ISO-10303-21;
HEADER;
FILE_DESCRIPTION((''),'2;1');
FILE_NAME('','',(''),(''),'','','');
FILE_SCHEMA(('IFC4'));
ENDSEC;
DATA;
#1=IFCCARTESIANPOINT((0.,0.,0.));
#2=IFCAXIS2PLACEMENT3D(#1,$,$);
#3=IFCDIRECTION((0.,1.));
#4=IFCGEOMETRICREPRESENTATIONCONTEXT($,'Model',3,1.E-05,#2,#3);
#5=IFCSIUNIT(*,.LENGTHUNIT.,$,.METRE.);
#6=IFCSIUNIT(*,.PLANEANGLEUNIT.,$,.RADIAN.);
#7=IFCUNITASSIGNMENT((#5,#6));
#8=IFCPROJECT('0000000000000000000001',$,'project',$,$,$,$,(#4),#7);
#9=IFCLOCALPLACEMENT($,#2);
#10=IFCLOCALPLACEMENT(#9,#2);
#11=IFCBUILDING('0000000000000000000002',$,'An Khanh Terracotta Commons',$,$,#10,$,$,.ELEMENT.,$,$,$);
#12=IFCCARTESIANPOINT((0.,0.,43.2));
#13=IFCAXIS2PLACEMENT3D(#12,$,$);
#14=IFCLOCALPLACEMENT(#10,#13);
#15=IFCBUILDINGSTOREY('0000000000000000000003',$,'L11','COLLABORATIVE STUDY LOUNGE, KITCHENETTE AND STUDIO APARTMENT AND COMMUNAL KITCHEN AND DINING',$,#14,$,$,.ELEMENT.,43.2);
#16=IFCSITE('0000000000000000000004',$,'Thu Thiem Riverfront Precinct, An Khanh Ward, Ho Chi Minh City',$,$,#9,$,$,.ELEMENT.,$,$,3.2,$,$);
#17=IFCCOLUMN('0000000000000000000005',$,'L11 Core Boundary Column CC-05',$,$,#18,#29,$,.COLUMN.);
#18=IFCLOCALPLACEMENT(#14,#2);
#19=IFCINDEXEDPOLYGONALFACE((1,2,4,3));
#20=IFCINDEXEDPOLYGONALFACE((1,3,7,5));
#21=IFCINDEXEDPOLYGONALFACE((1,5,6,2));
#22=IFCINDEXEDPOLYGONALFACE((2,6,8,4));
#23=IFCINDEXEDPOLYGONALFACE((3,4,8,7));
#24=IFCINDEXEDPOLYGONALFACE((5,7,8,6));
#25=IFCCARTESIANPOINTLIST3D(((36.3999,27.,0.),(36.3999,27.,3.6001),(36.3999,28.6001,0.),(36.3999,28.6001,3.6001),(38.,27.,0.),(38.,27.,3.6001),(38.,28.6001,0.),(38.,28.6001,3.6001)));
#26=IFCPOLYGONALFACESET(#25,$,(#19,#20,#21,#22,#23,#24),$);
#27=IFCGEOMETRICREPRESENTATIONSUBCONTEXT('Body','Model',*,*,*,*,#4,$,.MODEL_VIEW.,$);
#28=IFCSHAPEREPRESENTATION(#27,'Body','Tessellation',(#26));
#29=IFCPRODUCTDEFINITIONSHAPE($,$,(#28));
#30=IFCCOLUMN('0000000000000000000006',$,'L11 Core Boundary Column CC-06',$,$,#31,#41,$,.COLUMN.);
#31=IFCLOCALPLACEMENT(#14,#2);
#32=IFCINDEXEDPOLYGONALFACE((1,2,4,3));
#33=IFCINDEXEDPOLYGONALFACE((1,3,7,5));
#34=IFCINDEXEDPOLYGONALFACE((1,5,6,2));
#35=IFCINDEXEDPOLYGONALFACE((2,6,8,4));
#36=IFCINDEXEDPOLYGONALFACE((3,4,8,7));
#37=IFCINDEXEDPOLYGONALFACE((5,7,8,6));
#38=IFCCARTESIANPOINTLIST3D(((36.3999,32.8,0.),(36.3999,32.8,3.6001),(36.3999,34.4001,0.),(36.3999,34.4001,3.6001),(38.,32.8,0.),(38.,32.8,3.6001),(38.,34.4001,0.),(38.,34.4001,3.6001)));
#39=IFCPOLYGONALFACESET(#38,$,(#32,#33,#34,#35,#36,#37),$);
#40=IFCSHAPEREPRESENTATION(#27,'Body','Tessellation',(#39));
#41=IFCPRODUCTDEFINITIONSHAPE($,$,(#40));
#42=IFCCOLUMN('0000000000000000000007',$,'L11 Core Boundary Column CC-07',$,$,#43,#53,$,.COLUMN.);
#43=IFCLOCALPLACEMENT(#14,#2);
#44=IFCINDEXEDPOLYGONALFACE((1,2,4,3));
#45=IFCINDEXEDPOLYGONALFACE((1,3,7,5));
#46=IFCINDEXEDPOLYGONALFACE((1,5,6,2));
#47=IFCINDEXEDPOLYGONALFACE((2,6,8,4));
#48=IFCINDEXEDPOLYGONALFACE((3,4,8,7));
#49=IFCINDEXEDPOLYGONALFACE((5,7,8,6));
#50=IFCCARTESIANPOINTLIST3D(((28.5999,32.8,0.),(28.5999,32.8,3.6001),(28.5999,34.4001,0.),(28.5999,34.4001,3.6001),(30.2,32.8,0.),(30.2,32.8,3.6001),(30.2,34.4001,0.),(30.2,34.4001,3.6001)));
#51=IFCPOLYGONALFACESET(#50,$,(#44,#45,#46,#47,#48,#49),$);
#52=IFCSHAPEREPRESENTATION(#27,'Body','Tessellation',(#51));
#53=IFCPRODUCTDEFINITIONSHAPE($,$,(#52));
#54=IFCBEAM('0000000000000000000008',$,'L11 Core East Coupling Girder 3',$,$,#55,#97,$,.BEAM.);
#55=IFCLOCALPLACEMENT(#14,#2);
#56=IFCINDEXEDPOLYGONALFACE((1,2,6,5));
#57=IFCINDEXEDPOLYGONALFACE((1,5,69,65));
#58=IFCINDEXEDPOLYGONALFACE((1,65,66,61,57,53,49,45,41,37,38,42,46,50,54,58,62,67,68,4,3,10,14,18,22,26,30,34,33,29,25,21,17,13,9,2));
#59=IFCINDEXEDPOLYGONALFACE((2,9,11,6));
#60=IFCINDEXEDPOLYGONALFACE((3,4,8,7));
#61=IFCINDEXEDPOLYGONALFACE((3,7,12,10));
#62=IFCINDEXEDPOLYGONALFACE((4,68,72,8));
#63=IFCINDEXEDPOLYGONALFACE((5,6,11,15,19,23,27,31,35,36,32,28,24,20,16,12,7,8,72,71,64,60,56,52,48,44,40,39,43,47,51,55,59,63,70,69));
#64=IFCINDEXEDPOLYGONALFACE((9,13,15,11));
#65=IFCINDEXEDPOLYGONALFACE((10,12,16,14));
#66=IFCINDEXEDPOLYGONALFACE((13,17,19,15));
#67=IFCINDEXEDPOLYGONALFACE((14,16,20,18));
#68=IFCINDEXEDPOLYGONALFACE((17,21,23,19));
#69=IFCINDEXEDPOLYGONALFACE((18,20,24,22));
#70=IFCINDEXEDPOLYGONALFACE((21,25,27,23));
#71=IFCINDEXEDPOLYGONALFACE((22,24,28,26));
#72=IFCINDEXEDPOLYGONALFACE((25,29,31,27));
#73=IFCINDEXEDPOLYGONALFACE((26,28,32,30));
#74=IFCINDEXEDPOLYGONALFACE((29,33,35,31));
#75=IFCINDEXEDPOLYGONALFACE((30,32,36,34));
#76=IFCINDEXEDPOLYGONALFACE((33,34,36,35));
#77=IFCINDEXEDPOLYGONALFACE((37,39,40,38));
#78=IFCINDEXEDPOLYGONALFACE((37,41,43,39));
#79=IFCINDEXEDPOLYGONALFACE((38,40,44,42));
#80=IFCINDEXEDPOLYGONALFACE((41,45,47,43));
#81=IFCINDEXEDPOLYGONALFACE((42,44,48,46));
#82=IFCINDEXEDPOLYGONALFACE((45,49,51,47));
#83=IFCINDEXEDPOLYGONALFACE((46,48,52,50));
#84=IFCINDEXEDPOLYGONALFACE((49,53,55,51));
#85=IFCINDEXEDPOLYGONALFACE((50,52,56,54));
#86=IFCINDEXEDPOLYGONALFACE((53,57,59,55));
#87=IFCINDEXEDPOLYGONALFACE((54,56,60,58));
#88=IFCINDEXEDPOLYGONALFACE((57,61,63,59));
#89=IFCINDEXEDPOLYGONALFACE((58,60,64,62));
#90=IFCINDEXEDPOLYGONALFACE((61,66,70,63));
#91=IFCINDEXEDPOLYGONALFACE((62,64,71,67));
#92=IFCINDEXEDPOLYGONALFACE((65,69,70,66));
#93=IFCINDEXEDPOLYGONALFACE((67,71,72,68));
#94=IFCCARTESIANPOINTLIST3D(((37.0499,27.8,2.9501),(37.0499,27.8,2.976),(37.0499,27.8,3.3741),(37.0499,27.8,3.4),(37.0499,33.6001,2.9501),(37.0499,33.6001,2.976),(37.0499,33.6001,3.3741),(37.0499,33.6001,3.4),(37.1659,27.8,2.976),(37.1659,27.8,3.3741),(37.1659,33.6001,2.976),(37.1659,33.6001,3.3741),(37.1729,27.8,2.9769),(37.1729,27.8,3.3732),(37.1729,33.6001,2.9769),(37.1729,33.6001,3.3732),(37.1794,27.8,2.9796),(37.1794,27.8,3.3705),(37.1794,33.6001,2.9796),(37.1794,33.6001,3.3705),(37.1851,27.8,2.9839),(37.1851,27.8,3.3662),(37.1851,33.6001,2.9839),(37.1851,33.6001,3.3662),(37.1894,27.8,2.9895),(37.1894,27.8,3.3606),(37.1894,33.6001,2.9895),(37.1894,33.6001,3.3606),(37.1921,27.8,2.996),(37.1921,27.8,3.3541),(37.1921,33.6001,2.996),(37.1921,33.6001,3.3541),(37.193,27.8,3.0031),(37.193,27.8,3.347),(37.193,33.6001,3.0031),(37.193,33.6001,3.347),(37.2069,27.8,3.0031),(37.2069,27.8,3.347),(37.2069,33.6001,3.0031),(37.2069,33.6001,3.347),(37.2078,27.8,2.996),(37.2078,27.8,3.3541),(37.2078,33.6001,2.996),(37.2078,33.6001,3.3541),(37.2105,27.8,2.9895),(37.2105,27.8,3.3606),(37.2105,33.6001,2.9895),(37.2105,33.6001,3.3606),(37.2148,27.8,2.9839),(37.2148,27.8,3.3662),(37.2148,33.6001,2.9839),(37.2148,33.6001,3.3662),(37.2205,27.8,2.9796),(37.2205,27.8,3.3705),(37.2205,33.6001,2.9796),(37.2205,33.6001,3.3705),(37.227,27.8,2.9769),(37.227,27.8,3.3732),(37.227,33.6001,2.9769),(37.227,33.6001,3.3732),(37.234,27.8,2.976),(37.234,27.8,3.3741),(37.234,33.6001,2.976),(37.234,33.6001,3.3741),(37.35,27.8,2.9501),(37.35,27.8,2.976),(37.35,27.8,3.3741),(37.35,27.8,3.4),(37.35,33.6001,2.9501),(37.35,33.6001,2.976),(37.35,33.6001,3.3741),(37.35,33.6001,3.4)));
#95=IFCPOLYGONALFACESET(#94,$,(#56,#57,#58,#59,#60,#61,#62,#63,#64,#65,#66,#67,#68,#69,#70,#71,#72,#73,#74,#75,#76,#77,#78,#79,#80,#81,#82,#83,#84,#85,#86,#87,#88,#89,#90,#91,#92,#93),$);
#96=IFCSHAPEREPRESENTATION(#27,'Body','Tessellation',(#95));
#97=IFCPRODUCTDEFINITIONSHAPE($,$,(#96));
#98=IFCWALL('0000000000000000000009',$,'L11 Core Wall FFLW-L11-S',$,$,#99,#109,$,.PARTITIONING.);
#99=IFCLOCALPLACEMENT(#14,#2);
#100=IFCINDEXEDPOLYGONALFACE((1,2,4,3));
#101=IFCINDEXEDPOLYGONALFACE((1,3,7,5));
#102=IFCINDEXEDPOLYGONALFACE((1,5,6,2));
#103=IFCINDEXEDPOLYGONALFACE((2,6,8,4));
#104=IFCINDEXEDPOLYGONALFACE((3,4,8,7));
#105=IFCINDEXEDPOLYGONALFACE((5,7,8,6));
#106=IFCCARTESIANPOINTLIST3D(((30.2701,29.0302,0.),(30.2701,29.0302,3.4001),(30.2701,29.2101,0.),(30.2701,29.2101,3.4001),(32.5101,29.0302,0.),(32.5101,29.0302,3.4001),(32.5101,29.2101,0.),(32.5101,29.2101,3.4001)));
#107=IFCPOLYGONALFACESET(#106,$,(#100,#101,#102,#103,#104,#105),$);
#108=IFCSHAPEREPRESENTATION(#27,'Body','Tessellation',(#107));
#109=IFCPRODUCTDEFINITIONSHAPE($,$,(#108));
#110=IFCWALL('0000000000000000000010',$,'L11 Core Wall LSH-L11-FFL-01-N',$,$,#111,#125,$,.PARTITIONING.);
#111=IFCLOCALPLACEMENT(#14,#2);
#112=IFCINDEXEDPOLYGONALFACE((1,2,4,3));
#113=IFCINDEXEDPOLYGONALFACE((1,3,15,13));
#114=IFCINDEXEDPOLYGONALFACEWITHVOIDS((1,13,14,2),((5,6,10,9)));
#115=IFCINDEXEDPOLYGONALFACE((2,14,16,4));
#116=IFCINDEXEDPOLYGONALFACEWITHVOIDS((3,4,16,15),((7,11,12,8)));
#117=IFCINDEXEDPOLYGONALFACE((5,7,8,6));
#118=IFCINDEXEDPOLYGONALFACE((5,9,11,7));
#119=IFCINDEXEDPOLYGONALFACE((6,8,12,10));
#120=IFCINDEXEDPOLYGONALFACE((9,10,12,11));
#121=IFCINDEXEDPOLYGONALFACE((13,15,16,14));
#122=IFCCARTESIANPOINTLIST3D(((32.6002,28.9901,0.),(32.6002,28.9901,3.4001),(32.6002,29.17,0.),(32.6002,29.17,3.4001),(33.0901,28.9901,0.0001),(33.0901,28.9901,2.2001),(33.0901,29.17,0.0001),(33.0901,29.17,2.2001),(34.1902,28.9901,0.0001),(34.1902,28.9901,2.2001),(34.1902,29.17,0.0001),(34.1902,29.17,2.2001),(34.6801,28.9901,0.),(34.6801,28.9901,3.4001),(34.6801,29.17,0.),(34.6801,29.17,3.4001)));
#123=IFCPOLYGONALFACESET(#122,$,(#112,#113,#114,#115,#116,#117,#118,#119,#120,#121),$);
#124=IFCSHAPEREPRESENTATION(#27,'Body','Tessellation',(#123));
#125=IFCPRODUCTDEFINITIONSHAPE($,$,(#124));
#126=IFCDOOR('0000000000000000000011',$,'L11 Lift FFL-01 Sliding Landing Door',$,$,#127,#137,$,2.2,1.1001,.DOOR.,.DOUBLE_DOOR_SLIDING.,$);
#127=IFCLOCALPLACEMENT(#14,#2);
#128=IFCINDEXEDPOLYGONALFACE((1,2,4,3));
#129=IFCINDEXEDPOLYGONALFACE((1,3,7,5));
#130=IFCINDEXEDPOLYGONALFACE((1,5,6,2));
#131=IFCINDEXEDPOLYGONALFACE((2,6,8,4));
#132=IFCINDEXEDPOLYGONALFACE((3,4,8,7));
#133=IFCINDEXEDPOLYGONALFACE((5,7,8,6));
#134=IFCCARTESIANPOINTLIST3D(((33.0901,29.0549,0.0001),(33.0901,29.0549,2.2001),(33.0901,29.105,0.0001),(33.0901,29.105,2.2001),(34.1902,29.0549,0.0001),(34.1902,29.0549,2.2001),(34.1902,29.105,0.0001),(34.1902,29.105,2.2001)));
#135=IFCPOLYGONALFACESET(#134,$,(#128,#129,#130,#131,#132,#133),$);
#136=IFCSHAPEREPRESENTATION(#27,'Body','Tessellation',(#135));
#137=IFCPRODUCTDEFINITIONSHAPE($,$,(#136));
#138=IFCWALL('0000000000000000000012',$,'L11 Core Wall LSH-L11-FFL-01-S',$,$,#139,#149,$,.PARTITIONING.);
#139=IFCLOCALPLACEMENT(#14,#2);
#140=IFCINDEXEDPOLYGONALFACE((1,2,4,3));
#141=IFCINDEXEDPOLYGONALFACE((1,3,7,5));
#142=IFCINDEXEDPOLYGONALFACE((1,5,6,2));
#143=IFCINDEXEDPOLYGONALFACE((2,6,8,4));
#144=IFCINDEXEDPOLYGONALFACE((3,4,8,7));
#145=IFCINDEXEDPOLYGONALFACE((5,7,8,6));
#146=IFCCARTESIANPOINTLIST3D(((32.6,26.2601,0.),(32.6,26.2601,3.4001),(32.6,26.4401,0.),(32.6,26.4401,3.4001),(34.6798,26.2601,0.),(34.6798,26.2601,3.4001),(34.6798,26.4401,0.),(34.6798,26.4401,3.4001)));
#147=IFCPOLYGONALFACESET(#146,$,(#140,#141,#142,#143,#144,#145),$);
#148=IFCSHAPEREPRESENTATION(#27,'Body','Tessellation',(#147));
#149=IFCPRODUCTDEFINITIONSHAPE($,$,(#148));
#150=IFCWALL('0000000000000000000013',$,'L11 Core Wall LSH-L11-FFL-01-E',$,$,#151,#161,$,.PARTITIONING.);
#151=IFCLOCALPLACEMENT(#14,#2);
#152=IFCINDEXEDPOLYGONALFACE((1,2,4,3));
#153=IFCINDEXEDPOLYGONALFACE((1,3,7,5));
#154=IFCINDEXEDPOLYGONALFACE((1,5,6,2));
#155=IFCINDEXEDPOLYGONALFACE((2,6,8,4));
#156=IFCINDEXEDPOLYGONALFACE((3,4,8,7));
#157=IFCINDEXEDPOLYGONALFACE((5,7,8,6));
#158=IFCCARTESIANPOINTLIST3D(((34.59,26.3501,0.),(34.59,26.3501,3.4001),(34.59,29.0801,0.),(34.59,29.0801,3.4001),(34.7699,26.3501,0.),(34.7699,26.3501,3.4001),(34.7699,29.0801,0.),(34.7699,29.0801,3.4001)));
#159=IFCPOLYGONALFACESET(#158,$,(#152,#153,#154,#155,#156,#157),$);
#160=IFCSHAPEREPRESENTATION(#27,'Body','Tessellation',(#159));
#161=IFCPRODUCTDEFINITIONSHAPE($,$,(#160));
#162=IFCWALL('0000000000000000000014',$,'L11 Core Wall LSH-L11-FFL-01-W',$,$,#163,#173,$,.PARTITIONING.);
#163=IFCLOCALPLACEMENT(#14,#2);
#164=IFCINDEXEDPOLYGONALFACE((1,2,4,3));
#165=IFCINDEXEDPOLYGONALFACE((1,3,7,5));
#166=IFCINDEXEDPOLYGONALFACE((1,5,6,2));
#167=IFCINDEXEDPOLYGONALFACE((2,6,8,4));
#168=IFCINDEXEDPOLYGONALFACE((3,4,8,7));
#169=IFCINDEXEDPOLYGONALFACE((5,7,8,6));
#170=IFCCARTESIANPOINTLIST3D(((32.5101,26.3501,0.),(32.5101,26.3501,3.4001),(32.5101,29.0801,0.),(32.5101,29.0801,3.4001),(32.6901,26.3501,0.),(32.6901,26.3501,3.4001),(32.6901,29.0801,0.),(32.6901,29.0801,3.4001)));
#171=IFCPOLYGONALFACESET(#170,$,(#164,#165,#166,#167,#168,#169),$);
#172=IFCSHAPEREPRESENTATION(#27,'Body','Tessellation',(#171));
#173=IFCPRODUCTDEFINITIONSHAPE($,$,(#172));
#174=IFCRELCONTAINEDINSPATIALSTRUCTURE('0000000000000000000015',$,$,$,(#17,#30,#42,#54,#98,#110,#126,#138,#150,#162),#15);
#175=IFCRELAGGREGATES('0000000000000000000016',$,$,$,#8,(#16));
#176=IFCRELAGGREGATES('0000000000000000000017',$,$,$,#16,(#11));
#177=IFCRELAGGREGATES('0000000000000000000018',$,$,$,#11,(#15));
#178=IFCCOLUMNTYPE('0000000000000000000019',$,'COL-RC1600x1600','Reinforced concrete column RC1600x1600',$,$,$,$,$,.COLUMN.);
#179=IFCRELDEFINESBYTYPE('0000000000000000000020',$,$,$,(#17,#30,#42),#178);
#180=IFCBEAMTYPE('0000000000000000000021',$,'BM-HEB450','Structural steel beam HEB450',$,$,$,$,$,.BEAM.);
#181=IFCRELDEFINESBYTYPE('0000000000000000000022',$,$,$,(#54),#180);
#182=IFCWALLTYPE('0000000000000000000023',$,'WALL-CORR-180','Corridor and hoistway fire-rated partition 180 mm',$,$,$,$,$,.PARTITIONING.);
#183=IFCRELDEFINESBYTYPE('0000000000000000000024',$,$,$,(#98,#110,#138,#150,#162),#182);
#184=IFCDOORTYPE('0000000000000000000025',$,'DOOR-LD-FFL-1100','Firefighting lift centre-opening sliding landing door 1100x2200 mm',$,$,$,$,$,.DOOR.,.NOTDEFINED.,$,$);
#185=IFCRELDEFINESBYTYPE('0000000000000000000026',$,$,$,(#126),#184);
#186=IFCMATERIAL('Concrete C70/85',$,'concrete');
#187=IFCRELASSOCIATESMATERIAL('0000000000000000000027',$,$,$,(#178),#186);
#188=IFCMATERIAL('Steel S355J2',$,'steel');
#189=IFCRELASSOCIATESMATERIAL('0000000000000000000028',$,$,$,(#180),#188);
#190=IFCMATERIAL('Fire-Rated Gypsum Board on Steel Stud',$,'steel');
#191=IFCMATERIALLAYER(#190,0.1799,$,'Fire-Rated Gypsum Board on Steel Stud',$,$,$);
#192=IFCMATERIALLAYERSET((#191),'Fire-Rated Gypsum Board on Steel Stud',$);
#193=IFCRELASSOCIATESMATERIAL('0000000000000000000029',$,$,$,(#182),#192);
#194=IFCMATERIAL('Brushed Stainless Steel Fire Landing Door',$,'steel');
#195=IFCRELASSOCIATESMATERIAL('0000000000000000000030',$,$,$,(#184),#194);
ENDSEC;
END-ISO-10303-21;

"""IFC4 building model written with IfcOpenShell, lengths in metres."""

from ifc_helpers import new_model, si_unit, direction, frame, frame_2d, origin, origin_2d, place, context, subcontext, project, spatial, rectangle, i_section, extrude, material, layer, layer_set, material_profile, profile_set, type_object, element, fill, save


model = new_model("IFC4")

# Units and contexts
model_context = context("Model", 3, precision=1e-05, world=origin(), true_north=direction((0.0, 1.0)))
body_context = subcontext(model_context, "Body", "Model", "MODEL_VIEW")
ifc_project = project(units=[si_unit("LENGTHUNIT", "METRE"), si_unit("PLANEANGLEUNIT", "RADIAN")], contexts=[model_context])

# Site, building, storey
site_placement = place(None, origin())
site = spatial("IfcSite", under=ifc_project, at=site_placement, Name="Thu Thiem Riverfront Precinct, An Khanh Ward, Ho Chi Minh City", CompositionType="ELEMENT", RefElevation=3.2)
building_placement = place(site_placement, origin())
building = spatial("IfcBuilding", under=site, at=building_placement, Name="An Khanh Terracotta Commons", CompositionType="ELEMENT")
storey_placement = place(building_placement, frame((0.0, 0.0, 43.2)))
storey = spatial("IfcBuildingStorey", under=building, at=storey_placement, Name="L11", Description="COLLABORATIVE STUDY LOUNGE, KITCHENETTE AND STUDIO APARTMENT AND COMMUNAL KITCHEN AND DINING", CompositionType="ELEMENT", Elevation=43.2)

# Columns
ifc_material_1 = material(Name="Concrete C70/85", Category="concrete")
ifc_material_profile_1 = material_profile(ifc_material_1, rectangle(XDim=1.6001, YDim=1.6001, at=origin_2d()), Name="RC1600x1600")
ifc_profile_set_1 = profile_set([ifc_material_profile_1], Name="Concrete C70/85")
column_type = type_object("IfcColumnType", Name="COL-RC1600x1600", Description="Reinforced concrete column RC1600x1600", PredefinedType="COLUMN", material=ifc_profile_set_1)
for number, where, z_axis, x_axis, name in (
    (1, (37.2, 27.8, 0.0), (0.0, 0.0, 1.0), (1.0, 0.0, 0.0), "L11 Core Boundary Column CC-05"),
    (2, (37.2, 33.6001, 0.0), (0.0, 0.0, 1.0), (1.0, 0.0, 0.0), "L11 Core Boundary Column CC-06"),
    (3, (29.3999, 33.6001, 0.0), (0.0, 0.0, 1.0), (1.0, 0.0, 0.0), "L11 Core Boundary Column CC-07"),
):
    element("IfcColumn", number, at=place(storey_placement, frame(where, z_axis=z_axis, x_axis=x_axis)), inside=storey, type_object=column_type, Name=name, PredefinedType="COLUMN", context=body_context, shape_type="SweptSolid", body=[
        extrude(rectangle(XDim=1.6001, YDim=1.6001, at=origin_2d()), origin(), (0.0, 0.0, 1.0), 3.6001),
    ])

# Beam
ifc_material_2 = material(Name="Steel S355J2", Category="steel")
ifc_material_profile_2 = material_profile(ifc_material_2, i_section(OverallWidth=0.3, OverallDepth=0.45, WebThickness=0.0139, FlangeThickness=0.0259, FilletRadius=0.0271, at=origin_2d()), Name="HEB450")
ifc_profile_set_2 = profile_set([ifc_material_profile_2], Name="Steel S355J2")
beam_type = type_object("IfcBeamType", Name="BM-HEB450", Description="Structural steel beam HEB450", PredefinedType="BEAM", material=ifc_profile_set_2)
beam_placement = place(storey_placement, frame((37.2, 27.8, 3.175), z_axis=(0.0, 1.0, 0.0), x_axis=(-1.0, 0.0, 0.0)))
element("IfcBeam", 4, at=beam_placement, inside=storey, type_object=beam_type, Name="L11 Core East Coupling Girder 3", PredefinedType="BEAM", context=body_context, shape_type="SweptSolid", body=[
    extrude(i_section(OverallWidth=0.3, OverallDepth=0.45, WebThickness=0.0139, FlangeThickness=0.0259, FilletRadius=0.0271, at=origin_2d()), origin(), (0.0, 0.0, 1.0), 5.8),
])

# Wall
ifc_material_3 = material(Name="Fire-Rated Gypsum Board on Steel Stud", Category="steel")
ifc_layer_1 = layer(ifc_material_3, 0.1799, Name="Fire-Rated Gypsum Board on Steel Stud")
ifc_layer_set_1 = layer_set([ifc_layer_1], Name="Fire-Rated Gypsum Board on Steel Stud")
wall_type_1 = type_object("IfcWallType", Name="WALL-CORR-180", Description="Corridor and hoistway fire-rated partition 180 mm", PredefinedType="PARTITIONING", material=ifc_layer_set_1)
wall_1_placement = place(storey_placement, frame((30.27, 29.1201, 0.0), z_axis=(0.0, 0.0, 1.0), x_axis=(1.0, 0.0, 0.0)))
element("IfcWall", 5, at=wall_1_placement, inside=storey, type_object=wall_type_1, Name="L11 Core Wall FFLW-L11-S", PredefinedType="PARTITIONING", context=body_context, shape_type="SweptSolid", body=[
    extrude(rectangle(XDim=2.24, YDim=0.1799, at=frame_2d((1.1201, 0.0))), origin(), (0.0, 0.0, 1.0), 3.4001),
])

# Wall, opening, door
wall_2_placement = place(storey_placement, frame((32.6001, 29.0801, 0.0), z_axis=(0.0, 0.0, 1.0), x_axis=(1.0, 0.0, 0.0)))
wall_2 = element("IfcWall", 6, at=wall_2_placement, inside=storey, type_object=wall_type_1, Name="L11 Core Wall LSH-L11-FFL-01-N", PredefinedType="PARTITIONING", context=body_context, shape_type="SweptSolid", body=[
    extrude(rectangle(XDim=2.0798, YDim=0.1799, at=frame_2d((1.04, 0.0))), origin(), (0.0, 0.0, 1.0), 3.4001),
])
opening_1_placement = place(wall_2_placement, frame((0.49, 0.0, 0.0)))
opening_1 = element("IfcOpeningElement", 7, at=opening_1_placement, cuts=wall_2, PredefinedType="OPENING", context=body_context, shape_type="SweptSolid", body=[
    extrude(rectangle(XDim=1.1001, YDim=2.2, at=frame_2d((0.55, 1.1001))), frame((0.0, 0.0999, 0.0), z_axis=(0.0, -1.0, 0.0), x_axis=(1.0, 0.0, 0.0)), (0.0, 0.0, 1.0), 0.2),
])
ifc_material_4 = material(Name="Brushed Stainless Steel Fire Landing Door", Category="steel")
door_type_1 = type_object("IfcDoorType", Name="DOOR-LD-FFL-1100", Description="Firefighting lift centre-opening sliding landing door 1100x2200 mm", OperationType="NOTDEFINED", PredefinedType="DOOR", material=ifc_material_4)
door_1_placement = place(opening_1_placement, origin())
door_1 = element("IfcDoor", 8, at=door_1_placement, inside=storey, type_object=door_type_1, Name="L11 Lift FFL-01 Sliding Landing Door", OperationType="DOUBLE_DOOR_SLIDING", OverallHeight=2.2, OverallWidth=1.1001, PredefinedType="DOOR", context=body_context, shape_type="SweptSolid", body=[
    extrude(rectangle(XDim=1.1001, YDim=2.2, at=frame_2d((0.55, 1.1001))), frame((0.0, 0.0249, 0.0), z_axis=(0.0, -1.0, 0.0), x_axis=(1.0, 0.0, 0.0)), (0.0, 0.0, 1.0), 0.05),
])
fill(opening_1, door_1)

# Walls
wall_3_placement = place(storey_placement, frame((34.6799, 26.3501, 0.0), z_axis=(0.0, 0.0, 1.0), x_axis=(-1.0, 0.0, 0.0)))
element("IfcWall", 9, at=wall_3_placement, inside=storey, type_object=wall_type_1, Name="L11 Core Wall LSH-L11-FFL-01-S", PredefinedType="PARTITIONING", context=body_context, shape_type="SweptSolid", body=[
    extrude(rectangle(XDim=2.0798, YDim=0.1799, at=frame_2d((1.04, 0.0))), origin(), (0.0, 0.0, 1.0), 3.4001),
])
for number, where, z_axis, x_axis, name in (
    (10, (34.6799, 26.3501, 0.0), (0.0, 0.0, 1.0), (0.0, 1.0, 0.0), "L11 Core Wall LSH-L11-FFL-01-E"),
    (11, (32.6001, 29.0801, 0.0), (0.0, 0.0, 1.0), (0.0, -1.0, 0.0), "L11 Core Wall LSH-L11-FFL-01-W"),
):
    element("IfcWall", number, at=place(storey_placement, frame(where, z_axis=z_axis, x_axis=x_axis)), inside=storey, type_object=wall_type_1, Name=name, PredefinedType="PARTITIONING", context=body_context, shape_type="SweptSolid", body=[
        extrude(rectangle(XDim=2.73, YDim=0.1799, at=frame_2d((1.365, 0.0))), origin(), (0.0, 0.0, 1.0), 3.4001),
    ])

save(model, "model.ifc")
